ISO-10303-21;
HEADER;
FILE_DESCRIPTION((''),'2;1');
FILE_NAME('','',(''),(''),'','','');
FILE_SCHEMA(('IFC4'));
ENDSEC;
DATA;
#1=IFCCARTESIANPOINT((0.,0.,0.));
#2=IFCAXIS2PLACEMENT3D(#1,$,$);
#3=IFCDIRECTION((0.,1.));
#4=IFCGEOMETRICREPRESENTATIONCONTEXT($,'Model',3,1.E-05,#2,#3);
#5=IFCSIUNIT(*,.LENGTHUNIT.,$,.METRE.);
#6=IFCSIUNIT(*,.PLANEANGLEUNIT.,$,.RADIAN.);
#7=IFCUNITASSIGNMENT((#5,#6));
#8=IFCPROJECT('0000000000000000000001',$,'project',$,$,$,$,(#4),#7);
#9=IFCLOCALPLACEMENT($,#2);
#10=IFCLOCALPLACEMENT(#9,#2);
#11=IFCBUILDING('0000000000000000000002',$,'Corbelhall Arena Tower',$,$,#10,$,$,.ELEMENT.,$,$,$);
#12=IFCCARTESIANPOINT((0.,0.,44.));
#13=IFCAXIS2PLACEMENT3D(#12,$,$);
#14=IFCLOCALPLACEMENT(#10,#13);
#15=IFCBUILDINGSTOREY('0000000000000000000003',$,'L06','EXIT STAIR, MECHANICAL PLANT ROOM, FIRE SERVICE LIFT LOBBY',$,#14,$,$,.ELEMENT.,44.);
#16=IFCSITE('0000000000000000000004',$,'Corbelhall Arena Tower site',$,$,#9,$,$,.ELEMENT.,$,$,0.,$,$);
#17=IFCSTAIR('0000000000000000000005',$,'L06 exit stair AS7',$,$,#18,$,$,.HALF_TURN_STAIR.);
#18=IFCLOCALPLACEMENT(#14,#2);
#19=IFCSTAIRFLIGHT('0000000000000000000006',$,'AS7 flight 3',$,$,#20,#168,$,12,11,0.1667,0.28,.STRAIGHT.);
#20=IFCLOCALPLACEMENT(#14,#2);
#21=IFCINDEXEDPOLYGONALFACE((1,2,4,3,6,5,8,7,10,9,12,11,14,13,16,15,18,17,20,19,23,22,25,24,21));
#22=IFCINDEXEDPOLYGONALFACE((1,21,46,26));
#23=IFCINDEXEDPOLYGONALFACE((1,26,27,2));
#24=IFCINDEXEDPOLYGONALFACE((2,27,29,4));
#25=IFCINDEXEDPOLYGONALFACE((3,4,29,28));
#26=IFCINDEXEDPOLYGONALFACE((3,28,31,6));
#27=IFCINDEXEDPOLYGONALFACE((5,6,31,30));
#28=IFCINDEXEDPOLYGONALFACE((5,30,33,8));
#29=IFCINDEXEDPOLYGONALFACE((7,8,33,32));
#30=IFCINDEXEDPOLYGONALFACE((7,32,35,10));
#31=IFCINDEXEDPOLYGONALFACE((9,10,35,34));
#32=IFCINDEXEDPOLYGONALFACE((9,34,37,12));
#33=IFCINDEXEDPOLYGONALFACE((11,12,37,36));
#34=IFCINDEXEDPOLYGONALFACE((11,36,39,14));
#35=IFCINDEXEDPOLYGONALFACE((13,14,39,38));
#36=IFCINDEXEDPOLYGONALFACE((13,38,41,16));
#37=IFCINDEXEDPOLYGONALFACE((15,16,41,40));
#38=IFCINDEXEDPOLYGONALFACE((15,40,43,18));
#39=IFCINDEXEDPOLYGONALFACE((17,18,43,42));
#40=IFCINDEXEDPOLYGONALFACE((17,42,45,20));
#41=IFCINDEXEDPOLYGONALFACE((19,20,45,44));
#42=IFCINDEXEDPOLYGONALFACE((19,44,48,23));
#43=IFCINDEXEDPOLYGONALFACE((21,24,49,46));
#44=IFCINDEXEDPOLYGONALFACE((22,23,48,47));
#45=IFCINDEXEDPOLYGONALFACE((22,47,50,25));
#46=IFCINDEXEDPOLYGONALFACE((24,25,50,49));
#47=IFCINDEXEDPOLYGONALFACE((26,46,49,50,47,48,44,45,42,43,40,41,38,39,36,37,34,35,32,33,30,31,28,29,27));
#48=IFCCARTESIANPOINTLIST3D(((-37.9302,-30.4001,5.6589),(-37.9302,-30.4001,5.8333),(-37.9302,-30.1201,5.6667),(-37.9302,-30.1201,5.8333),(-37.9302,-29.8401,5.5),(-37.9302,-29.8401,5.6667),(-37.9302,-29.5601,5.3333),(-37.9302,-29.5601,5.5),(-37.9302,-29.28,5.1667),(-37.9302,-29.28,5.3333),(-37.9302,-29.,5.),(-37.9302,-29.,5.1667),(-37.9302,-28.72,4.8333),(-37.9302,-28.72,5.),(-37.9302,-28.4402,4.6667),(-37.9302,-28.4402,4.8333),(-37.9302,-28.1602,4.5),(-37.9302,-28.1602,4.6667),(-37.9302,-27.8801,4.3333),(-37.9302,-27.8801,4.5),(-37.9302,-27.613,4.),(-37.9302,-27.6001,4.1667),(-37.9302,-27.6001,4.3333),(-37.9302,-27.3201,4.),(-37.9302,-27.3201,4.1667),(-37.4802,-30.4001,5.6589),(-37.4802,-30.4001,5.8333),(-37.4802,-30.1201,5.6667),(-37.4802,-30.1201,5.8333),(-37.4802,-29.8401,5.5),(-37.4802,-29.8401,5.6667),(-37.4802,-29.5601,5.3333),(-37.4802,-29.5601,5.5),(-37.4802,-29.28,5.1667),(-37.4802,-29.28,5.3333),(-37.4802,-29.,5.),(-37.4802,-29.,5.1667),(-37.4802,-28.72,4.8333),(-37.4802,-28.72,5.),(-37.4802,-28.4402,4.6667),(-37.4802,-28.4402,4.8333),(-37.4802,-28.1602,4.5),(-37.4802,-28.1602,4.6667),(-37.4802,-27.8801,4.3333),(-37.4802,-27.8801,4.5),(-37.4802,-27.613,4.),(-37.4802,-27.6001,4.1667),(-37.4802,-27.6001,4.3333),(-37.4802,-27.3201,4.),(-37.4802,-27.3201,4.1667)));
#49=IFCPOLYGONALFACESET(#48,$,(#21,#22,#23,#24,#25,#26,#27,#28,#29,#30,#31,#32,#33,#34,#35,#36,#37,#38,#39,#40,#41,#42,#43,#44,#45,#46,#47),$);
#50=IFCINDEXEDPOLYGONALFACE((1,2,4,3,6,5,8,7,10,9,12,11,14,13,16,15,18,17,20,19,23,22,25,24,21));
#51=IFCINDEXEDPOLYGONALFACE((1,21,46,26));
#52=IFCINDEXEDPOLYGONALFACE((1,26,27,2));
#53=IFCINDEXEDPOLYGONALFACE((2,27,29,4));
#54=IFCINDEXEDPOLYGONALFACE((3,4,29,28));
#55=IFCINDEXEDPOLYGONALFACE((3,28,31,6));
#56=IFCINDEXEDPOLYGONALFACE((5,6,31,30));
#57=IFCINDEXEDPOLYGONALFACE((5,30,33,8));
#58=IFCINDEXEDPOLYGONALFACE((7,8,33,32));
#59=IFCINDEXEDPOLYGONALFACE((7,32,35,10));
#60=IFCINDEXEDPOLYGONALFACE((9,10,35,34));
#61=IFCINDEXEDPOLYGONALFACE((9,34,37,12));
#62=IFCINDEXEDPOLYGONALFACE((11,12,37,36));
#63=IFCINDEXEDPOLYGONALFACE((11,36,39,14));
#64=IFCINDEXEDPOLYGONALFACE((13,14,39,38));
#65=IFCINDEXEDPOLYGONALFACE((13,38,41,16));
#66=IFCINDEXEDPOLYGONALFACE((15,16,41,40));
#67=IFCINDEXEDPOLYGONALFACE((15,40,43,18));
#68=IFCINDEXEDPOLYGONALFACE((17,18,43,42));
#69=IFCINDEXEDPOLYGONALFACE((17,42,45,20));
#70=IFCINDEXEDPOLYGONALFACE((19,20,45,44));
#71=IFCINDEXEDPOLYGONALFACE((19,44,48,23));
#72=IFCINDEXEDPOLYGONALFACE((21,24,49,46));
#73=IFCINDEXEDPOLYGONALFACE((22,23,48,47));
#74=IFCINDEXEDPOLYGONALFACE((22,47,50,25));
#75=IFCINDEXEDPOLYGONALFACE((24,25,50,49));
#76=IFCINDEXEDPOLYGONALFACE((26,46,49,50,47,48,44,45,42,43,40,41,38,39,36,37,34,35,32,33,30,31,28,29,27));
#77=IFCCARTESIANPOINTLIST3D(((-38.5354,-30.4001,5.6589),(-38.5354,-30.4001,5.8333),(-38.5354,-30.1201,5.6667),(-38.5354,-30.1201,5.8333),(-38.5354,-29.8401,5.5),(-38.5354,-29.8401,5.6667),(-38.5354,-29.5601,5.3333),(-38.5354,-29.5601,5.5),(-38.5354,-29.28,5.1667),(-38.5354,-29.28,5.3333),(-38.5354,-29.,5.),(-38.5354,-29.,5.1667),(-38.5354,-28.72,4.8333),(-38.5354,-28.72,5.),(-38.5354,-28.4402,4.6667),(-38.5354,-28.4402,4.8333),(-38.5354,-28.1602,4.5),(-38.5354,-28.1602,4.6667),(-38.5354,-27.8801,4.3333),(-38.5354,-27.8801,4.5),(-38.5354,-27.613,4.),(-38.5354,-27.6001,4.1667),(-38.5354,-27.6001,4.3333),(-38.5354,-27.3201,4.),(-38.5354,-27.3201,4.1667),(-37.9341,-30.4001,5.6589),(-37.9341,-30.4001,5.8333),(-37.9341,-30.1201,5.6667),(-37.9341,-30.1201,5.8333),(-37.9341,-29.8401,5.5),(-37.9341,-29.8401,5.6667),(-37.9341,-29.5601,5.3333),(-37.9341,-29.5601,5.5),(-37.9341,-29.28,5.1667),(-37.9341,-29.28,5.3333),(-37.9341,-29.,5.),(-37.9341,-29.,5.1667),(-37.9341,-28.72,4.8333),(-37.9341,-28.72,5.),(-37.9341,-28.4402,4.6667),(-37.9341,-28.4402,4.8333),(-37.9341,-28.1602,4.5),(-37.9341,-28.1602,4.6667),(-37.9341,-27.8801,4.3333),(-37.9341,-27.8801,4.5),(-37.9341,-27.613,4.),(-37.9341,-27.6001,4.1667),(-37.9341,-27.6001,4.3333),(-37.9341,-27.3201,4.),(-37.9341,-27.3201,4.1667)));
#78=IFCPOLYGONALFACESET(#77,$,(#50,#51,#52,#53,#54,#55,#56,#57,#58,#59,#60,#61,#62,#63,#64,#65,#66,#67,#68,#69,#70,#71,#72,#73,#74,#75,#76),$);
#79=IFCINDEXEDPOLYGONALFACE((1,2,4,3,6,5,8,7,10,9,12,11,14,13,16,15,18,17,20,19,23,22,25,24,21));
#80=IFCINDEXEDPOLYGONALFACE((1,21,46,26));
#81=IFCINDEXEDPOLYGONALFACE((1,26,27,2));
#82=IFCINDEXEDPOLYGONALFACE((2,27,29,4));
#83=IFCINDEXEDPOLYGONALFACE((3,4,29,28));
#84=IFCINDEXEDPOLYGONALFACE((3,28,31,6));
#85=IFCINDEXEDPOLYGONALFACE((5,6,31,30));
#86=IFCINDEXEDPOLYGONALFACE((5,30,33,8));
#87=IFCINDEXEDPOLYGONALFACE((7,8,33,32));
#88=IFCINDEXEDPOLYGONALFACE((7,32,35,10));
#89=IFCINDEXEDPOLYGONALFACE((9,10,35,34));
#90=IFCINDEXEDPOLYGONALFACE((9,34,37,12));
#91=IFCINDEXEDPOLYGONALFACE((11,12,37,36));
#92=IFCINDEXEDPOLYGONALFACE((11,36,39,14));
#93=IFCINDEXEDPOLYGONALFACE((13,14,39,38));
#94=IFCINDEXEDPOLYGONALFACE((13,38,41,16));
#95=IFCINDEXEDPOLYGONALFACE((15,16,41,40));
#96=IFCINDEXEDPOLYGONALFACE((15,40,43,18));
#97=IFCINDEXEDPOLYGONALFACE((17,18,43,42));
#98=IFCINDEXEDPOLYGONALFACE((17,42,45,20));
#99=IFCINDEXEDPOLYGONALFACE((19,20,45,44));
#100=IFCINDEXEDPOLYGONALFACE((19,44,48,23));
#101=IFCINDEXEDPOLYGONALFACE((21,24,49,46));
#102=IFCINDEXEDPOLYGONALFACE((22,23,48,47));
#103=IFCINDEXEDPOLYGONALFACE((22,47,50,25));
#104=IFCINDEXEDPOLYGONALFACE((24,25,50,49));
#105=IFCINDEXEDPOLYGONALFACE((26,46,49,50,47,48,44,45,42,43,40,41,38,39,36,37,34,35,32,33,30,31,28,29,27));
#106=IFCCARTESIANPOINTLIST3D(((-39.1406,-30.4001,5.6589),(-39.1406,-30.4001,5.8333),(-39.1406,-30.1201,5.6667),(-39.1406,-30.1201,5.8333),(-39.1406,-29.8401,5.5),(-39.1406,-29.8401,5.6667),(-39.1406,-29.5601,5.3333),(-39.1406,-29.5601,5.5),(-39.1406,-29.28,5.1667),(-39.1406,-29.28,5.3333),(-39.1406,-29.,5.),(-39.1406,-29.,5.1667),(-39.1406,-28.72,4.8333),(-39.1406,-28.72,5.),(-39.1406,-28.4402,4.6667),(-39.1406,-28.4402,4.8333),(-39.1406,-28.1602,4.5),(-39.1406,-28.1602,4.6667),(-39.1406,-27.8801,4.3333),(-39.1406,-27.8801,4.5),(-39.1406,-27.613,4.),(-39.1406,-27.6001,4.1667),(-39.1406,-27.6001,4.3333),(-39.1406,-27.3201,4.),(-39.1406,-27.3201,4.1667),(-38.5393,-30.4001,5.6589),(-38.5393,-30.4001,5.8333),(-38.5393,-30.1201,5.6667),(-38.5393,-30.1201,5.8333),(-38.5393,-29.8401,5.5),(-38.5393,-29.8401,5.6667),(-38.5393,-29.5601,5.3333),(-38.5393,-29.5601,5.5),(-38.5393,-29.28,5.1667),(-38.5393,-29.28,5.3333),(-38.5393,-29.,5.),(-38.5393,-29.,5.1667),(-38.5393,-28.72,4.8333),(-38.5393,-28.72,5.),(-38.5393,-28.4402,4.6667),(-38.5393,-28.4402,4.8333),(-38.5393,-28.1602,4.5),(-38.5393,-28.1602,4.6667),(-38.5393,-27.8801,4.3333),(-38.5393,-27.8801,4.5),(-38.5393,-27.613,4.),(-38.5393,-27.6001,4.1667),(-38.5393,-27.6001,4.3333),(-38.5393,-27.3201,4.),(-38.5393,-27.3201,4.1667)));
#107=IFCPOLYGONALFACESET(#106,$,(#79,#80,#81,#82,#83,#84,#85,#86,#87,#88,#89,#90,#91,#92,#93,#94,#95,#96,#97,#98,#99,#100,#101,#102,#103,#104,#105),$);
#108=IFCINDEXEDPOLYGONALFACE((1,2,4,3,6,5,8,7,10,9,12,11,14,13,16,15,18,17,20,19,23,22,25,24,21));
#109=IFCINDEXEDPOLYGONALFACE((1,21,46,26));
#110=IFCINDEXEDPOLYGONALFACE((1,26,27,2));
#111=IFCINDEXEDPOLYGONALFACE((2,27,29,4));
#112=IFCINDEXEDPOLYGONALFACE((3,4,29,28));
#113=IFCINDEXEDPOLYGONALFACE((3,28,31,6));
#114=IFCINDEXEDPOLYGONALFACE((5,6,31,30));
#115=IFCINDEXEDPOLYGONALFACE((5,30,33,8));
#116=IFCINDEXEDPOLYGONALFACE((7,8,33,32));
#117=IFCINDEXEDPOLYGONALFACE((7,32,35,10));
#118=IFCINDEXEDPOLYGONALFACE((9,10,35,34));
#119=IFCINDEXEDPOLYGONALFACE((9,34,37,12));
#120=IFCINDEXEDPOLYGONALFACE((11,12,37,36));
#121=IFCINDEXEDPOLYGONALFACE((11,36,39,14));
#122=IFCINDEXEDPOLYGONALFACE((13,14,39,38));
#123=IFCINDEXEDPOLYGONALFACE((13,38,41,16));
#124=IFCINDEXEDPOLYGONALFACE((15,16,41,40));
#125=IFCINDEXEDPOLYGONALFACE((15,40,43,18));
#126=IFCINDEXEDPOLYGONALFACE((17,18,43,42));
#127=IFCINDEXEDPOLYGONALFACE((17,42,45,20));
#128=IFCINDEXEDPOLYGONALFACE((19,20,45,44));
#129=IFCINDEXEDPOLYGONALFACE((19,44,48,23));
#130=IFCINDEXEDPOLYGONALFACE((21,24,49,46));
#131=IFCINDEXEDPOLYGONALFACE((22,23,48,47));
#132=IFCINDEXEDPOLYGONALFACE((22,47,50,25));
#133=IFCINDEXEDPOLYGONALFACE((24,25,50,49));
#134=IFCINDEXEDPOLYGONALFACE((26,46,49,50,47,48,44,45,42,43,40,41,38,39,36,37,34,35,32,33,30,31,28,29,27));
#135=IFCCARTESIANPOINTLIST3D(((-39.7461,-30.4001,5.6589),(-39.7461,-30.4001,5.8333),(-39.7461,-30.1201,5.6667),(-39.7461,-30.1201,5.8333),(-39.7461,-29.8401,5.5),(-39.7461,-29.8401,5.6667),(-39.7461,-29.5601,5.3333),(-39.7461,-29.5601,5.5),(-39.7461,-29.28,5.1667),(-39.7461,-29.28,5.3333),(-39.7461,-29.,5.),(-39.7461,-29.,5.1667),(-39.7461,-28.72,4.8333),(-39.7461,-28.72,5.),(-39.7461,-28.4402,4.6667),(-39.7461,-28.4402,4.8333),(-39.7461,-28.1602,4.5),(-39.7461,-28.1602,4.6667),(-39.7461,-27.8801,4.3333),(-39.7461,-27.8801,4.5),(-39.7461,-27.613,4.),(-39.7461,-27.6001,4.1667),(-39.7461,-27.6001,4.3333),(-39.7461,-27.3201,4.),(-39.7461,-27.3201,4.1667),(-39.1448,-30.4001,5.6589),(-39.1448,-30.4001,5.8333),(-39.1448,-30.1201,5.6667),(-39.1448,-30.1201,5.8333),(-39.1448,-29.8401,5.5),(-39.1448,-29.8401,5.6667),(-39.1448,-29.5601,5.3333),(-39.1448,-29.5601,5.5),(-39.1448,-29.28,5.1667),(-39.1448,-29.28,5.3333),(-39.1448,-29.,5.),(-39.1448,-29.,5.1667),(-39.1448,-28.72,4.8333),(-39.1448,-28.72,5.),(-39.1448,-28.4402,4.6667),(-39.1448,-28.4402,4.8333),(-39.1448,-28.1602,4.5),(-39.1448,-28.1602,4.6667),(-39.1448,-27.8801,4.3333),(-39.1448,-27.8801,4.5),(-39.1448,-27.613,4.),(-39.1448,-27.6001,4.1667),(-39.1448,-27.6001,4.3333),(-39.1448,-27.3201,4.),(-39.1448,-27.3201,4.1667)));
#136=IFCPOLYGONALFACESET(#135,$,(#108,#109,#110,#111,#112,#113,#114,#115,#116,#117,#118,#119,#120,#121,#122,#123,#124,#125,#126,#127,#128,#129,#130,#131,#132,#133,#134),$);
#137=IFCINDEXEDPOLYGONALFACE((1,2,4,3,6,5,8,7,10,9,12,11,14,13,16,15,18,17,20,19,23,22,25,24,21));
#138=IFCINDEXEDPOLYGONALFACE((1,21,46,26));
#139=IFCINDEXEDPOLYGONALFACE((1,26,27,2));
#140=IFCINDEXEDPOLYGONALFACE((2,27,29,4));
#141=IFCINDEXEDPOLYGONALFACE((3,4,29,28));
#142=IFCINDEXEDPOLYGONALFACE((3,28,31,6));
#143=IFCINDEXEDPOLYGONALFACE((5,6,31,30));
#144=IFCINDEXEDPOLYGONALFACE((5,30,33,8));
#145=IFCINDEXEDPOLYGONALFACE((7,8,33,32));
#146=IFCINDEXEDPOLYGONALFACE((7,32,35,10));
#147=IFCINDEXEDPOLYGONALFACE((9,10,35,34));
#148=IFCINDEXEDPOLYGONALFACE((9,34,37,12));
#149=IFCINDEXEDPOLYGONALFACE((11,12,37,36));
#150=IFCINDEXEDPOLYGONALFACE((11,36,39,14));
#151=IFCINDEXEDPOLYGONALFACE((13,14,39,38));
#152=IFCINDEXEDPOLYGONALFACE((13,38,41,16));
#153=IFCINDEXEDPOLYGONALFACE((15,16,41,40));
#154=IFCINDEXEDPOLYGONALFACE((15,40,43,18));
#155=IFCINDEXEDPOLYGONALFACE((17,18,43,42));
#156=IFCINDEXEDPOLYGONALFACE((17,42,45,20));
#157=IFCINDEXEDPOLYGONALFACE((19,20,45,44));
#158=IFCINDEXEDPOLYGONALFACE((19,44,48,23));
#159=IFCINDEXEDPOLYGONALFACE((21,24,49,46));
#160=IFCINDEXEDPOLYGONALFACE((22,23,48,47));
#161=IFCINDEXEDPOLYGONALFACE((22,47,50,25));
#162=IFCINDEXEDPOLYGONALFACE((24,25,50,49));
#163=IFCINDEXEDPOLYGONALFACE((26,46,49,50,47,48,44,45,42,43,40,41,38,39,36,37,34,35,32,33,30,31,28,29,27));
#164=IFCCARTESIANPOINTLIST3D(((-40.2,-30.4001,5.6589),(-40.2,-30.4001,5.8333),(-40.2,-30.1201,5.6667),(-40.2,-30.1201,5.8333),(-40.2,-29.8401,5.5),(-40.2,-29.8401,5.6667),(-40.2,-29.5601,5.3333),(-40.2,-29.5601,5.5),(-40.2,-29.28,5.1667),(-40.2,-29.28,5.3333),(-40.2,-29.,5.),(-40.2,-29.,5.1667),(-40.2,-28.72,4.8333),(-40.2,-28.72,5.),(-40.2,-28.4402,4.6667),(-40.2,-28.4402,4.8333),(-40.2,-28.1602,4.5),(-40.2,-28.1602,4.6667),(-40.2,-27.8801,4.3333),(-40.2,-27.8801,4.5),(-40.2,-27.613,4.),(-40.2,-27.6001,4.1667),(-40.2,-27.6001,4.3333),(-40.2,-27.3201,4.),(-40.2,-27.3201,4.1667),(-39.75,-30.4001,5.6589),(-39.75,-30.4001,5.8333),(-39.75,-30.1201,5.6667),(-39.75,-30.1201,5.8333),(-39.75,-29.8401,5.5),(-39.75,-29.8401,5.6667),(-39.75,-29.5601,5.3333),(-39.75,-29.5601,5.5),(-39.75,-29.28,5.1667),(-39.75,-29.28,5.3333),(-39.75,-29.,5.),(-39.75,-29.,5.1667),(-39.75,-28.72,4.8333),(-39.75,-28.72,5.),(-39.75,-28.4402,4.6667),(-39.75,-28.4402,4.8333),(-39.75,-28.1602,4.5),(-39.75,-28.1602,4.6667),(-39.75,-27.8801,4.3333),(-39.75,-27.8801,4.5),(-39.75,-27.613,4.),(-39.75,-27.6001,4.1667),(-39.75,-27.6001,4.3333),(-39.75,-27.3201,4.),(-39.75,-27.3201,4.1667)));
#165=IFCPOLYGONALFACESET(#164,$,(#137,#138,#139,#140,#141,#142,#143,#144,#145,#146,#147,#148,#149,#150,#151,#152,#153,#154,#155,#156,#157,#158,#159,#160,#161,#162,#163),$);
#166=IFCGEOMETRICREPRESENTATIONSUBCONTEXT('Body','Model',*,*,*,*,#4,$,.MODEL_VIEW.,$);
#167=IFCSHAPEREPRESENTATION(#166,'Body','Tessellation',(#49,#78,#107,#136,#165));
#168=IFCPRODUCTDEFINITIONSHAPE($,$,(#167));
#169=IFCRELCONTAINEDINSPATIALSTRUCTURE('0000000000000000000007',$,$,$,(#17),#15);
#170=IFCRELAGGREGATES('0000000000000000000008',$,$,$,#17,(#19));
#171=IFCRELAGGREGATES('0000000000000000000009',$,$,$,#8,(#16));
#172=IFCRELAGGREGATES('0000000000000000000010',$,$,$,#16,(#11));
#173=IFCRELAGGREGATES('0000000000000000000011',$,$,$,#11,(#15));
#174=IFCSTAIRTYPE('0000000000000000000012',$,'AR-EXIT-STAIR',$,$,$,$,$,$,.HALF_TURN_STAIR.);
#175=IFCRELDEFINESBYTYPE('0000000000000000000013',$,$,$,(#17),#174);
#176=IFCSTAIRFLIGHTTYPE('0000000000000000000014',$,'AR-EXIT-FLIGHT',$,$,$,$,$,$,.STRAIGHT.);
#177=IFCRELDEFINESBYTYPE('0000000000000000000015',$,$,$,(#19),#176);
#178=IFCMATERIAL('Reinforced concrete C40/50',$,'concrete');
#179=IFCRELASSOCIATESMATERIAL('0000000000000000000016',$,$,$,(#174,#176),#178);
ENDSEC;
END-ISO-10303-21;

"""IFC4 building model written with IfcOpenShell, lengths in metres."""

from ifc_helpers import new_model, si_unit, direction, frame, origin, place, context, subcontext, project, spatial, polyline, outline, extrude, material, type_object, element, aggregate, save


model = new_model("IFC4")

# Units and contexts
model_context = context("Model", 3, precision=1e-05, world=origin(), true_north=direction((0.0, 1.0)))
body_context = subcontext(model_context, "Body", "Model", "MODEL_VIEW")
ifc_project = project(units=[si_unit("LENGTHUNIT", "METRE"), si_unit("PLANEANGLEUNIT", "RADIAN")], contexts=[model_context])

# Site, building, storey
site_placement = place(None, origin())
site = spatial("IfcSite", under=ifc_project, at=site_placement, Name="Corbelhall Arena Tower site", CompositionType="ELEMENT", RefElevation=0.0)
building_placement = place(site_placement, origin())
building = spatial("IfcBuilding", under=site, at=building_placement, Name="Corbelhall Arena Tower", CompositionType="ELEMENT")
storey_placement = place(building_placement, frame((0.0, 0.0, 44.0)))
storey = spatial("IfcBuildingStorey", under=building, at=storey_placement, Name="L06", Description="EXIT STAIR, MECHANICAL PLANT ROOM, FIRE SERVICE LIFT LOBBY", CompositionType="ELEMENT", Elevation=44.0)

# Stair, stair flight
ifc_material_1 = material(Name="Reinforced concrete C40/50", Category="concrete")
stair_type = type_object("IfcStairType", Name="AR-EXIT-STAIR", PredefinedType="HALF_TURN_STAIR", material=ifc_material_1)
stair_1_placement = place(storey_placement, origin())
stair_1 = element("IfcStair", 1, at=stair_1_placement, inside=storey, type_object=stair_type, Name="L06 exit stair AS7", PredefinedType="HALF_TURN_STAIR")
stair_flight_type = type_object("IfcStairFlightType", Name="AR-EXIT-FLIGHT", PredefinedType="STRAIGHT", material=ifc_material_1)
stair_flight_1_placement = place(storey_placement, frame((-38.8401, -27.3201, 4.0), z_axis=(0.0, 0.0, 1.0), x_axis=(0.0, -1.0, 0.0)))
stair_flight_1 = element("IfcStairFlight", 2, at=stair_flight_1_placement, type_object=stair_flight_type, Name="AS7 flight 3", NumberOfRisers=12, NumberOfTreads=11, PredefinedType="STRAIGHT", RiserHeight=0.1667, TreadLength=0.28, context=body_context, shape_type="SweptSolid", body=[
    extrude(outline(polyline([(0.0, 0.0), (0.0, 0.1667), (0.28, 0.1667), (0.28, 0.3333), (0.5601, 0.3333), (0.5601, 0.5), (0.8401, 0.5), (0.8401, 0.6667), (1.1201, 0.6667), (1.1201, 0.8333), (1.3999, 0.8333), (1.3999, 1.0), (1.6799, 1.0), (1.6799, 1.1667), (1.96, 1.1667), (1.96, 1.3333), (2.24, 1.3333), (2.24, 1.5), (2.52, 1.5), (2.52, 1.6667), (2.8, 1.6667), (2.8, 1.8333), (3.0801, 1.8333), (3.0801, 2.0), (3.0801, 1.6589), (0.293, 0.0), (0.0, 0.0)])), frame((0.0, 1.3599, 0.0), z_axis=(0.0, -1.0, 0.0), x_axis=(1.0, 0.0, 0.0)), (0.0, 0.0, 1.0), 0.45),
    extrude(outline(polyline([(0.0, 0.0), (0.0, 0.1667), (0.28, 0.1667), (0.28, 0.3333), (0.5601, 0.3333), (0.5601, 0.5), (0.8401, 0.5), (0.8401, 0.6667), (1.1201, 0.6667), (1.1201, 0.8333), (1.3999, 0.8333), (1.3999, 1.0), (1.6799, 1.0), (1.6799, 1.1667), (1.96, 1.1667), (1.96, 1.3333), (2.24, 1.3333), (2.24, 1.5), (2.52, 1.5), (2.52, 1.6667), (2.8, 1.6667), (2.8, 1.8333), (3.0801, 1.8333), (3.0801, 2.0), (3.0801, 1.6589), (0.293, 0.0), (0.0, 0.0)])), frame((0.0, 0.906, 0.0), z_axis=(0.0, -1.0, 0.0), x_axis=(1.0, 0.0, 0.0)), (0.0, 0.0, 1.0), 0.6013),
    extrude(outline(polyline([(0.0, 0.0), (0.0, 0.1667), (0.28, 0.1667), (0.28, 0.3333), (0.5601, 0.3333), (0.5601, 0.5), (0.8401, 0.5), (0.8401, 0.6667), (1.1201, 0.6667), (1.1201, 0.8333), (1.3999, 0.8333), (1.3999, 1.0), (1.6799, 1.0), (1.6799, 1.1667), (1.96, 1.1667), (1.96, 1.3333), (2.24, 1.3333), (2.24, 1.5), (2.52, 1.5), (2.52, 1.6667), (2.8, 1.6667), (2.8, 1.8333), (3.0801, 1.8333), (3.0801, 2.0), (3.0801, 1.6589), (0.293, 0.0), (0.0, 0.0)])), frame((0.0, 0.3008, 0.0), z_axis=(0.0, -1.0, 0.0), x_axis=(1.0, 0.0, 0.0)), (0.0, 0.0, 1.0), 0.6013),
    extrude(outline(polyline([(0.0, 0.0), (0.0, 0.1667), (0.28, 0.1667), (0.28, 0.3333), (0.5601, 0.3333), (0.5601, 0.5), (0.8401, 0.5), (0.8401, 0.6667), (1.1201, 0.6667), (1.1201, 0.8333), (1.3999, 0.8333), (1.3999, 1.0), (1.6799, 1.0), (1.6799, 1.1667), (1.96, 1.1667), (1.96, 1.3333), (2.24, 1.3333), (2.24, 1.5), (2.52, 1.5), (2.52, 1.6667), (2.8, 1.6667), (2.8, 1.8333), (3.0801, 1.8333), (3.0801, 2.0), (3.0801, 1.6589), (0.293, 0.0), (0.0, 0.0)])), frame((0.0, -0.3047, 0.0), z_axis=(0.0, -1.0, 0.0), x_axis=(1.0, 0.0, 0.0)), (0.0, 0.0, 1.0), 0.6013),
    extrude(outline(polyline([(0.0, 0.0), (0.0, 0.1667), (0.28, 0.1667), (0.28, 0.3333), (0.5601, 0.3333), (0.5601, 0.5), (0.8401, 0.5), (0.8401, 0.6667), (1.1201, 0.6667), (1.1201, 0.8333), (1.3999, 0.8333), (1.3999, 1.0), (1.6799, 1.0), (1.6799, 1.1667), (1.96, 1.1667), (1.96, 1.3333), (2.24, 1.3333), (2.24, 1.5), (2.52, 1.5), (2.52, 1.6667), (2.8, 1.6667), (2.8, 1.8333), (3.0801, 1.8333), (3.0801, 2.0), (3.0801, 1.6589), (0.293, 0.0), (0.0, 0.0)])), frame((0.0, -0.9099, 0.0), z_axis=(0.0, -1.0, 0.0), x_axis=(1.0, 0.0, 0.0)), (0.0, 0.0, 1.0), 0.45),
])
aggregate(stair_1, [stair_flight_1])

save(model, "model.ifc")
